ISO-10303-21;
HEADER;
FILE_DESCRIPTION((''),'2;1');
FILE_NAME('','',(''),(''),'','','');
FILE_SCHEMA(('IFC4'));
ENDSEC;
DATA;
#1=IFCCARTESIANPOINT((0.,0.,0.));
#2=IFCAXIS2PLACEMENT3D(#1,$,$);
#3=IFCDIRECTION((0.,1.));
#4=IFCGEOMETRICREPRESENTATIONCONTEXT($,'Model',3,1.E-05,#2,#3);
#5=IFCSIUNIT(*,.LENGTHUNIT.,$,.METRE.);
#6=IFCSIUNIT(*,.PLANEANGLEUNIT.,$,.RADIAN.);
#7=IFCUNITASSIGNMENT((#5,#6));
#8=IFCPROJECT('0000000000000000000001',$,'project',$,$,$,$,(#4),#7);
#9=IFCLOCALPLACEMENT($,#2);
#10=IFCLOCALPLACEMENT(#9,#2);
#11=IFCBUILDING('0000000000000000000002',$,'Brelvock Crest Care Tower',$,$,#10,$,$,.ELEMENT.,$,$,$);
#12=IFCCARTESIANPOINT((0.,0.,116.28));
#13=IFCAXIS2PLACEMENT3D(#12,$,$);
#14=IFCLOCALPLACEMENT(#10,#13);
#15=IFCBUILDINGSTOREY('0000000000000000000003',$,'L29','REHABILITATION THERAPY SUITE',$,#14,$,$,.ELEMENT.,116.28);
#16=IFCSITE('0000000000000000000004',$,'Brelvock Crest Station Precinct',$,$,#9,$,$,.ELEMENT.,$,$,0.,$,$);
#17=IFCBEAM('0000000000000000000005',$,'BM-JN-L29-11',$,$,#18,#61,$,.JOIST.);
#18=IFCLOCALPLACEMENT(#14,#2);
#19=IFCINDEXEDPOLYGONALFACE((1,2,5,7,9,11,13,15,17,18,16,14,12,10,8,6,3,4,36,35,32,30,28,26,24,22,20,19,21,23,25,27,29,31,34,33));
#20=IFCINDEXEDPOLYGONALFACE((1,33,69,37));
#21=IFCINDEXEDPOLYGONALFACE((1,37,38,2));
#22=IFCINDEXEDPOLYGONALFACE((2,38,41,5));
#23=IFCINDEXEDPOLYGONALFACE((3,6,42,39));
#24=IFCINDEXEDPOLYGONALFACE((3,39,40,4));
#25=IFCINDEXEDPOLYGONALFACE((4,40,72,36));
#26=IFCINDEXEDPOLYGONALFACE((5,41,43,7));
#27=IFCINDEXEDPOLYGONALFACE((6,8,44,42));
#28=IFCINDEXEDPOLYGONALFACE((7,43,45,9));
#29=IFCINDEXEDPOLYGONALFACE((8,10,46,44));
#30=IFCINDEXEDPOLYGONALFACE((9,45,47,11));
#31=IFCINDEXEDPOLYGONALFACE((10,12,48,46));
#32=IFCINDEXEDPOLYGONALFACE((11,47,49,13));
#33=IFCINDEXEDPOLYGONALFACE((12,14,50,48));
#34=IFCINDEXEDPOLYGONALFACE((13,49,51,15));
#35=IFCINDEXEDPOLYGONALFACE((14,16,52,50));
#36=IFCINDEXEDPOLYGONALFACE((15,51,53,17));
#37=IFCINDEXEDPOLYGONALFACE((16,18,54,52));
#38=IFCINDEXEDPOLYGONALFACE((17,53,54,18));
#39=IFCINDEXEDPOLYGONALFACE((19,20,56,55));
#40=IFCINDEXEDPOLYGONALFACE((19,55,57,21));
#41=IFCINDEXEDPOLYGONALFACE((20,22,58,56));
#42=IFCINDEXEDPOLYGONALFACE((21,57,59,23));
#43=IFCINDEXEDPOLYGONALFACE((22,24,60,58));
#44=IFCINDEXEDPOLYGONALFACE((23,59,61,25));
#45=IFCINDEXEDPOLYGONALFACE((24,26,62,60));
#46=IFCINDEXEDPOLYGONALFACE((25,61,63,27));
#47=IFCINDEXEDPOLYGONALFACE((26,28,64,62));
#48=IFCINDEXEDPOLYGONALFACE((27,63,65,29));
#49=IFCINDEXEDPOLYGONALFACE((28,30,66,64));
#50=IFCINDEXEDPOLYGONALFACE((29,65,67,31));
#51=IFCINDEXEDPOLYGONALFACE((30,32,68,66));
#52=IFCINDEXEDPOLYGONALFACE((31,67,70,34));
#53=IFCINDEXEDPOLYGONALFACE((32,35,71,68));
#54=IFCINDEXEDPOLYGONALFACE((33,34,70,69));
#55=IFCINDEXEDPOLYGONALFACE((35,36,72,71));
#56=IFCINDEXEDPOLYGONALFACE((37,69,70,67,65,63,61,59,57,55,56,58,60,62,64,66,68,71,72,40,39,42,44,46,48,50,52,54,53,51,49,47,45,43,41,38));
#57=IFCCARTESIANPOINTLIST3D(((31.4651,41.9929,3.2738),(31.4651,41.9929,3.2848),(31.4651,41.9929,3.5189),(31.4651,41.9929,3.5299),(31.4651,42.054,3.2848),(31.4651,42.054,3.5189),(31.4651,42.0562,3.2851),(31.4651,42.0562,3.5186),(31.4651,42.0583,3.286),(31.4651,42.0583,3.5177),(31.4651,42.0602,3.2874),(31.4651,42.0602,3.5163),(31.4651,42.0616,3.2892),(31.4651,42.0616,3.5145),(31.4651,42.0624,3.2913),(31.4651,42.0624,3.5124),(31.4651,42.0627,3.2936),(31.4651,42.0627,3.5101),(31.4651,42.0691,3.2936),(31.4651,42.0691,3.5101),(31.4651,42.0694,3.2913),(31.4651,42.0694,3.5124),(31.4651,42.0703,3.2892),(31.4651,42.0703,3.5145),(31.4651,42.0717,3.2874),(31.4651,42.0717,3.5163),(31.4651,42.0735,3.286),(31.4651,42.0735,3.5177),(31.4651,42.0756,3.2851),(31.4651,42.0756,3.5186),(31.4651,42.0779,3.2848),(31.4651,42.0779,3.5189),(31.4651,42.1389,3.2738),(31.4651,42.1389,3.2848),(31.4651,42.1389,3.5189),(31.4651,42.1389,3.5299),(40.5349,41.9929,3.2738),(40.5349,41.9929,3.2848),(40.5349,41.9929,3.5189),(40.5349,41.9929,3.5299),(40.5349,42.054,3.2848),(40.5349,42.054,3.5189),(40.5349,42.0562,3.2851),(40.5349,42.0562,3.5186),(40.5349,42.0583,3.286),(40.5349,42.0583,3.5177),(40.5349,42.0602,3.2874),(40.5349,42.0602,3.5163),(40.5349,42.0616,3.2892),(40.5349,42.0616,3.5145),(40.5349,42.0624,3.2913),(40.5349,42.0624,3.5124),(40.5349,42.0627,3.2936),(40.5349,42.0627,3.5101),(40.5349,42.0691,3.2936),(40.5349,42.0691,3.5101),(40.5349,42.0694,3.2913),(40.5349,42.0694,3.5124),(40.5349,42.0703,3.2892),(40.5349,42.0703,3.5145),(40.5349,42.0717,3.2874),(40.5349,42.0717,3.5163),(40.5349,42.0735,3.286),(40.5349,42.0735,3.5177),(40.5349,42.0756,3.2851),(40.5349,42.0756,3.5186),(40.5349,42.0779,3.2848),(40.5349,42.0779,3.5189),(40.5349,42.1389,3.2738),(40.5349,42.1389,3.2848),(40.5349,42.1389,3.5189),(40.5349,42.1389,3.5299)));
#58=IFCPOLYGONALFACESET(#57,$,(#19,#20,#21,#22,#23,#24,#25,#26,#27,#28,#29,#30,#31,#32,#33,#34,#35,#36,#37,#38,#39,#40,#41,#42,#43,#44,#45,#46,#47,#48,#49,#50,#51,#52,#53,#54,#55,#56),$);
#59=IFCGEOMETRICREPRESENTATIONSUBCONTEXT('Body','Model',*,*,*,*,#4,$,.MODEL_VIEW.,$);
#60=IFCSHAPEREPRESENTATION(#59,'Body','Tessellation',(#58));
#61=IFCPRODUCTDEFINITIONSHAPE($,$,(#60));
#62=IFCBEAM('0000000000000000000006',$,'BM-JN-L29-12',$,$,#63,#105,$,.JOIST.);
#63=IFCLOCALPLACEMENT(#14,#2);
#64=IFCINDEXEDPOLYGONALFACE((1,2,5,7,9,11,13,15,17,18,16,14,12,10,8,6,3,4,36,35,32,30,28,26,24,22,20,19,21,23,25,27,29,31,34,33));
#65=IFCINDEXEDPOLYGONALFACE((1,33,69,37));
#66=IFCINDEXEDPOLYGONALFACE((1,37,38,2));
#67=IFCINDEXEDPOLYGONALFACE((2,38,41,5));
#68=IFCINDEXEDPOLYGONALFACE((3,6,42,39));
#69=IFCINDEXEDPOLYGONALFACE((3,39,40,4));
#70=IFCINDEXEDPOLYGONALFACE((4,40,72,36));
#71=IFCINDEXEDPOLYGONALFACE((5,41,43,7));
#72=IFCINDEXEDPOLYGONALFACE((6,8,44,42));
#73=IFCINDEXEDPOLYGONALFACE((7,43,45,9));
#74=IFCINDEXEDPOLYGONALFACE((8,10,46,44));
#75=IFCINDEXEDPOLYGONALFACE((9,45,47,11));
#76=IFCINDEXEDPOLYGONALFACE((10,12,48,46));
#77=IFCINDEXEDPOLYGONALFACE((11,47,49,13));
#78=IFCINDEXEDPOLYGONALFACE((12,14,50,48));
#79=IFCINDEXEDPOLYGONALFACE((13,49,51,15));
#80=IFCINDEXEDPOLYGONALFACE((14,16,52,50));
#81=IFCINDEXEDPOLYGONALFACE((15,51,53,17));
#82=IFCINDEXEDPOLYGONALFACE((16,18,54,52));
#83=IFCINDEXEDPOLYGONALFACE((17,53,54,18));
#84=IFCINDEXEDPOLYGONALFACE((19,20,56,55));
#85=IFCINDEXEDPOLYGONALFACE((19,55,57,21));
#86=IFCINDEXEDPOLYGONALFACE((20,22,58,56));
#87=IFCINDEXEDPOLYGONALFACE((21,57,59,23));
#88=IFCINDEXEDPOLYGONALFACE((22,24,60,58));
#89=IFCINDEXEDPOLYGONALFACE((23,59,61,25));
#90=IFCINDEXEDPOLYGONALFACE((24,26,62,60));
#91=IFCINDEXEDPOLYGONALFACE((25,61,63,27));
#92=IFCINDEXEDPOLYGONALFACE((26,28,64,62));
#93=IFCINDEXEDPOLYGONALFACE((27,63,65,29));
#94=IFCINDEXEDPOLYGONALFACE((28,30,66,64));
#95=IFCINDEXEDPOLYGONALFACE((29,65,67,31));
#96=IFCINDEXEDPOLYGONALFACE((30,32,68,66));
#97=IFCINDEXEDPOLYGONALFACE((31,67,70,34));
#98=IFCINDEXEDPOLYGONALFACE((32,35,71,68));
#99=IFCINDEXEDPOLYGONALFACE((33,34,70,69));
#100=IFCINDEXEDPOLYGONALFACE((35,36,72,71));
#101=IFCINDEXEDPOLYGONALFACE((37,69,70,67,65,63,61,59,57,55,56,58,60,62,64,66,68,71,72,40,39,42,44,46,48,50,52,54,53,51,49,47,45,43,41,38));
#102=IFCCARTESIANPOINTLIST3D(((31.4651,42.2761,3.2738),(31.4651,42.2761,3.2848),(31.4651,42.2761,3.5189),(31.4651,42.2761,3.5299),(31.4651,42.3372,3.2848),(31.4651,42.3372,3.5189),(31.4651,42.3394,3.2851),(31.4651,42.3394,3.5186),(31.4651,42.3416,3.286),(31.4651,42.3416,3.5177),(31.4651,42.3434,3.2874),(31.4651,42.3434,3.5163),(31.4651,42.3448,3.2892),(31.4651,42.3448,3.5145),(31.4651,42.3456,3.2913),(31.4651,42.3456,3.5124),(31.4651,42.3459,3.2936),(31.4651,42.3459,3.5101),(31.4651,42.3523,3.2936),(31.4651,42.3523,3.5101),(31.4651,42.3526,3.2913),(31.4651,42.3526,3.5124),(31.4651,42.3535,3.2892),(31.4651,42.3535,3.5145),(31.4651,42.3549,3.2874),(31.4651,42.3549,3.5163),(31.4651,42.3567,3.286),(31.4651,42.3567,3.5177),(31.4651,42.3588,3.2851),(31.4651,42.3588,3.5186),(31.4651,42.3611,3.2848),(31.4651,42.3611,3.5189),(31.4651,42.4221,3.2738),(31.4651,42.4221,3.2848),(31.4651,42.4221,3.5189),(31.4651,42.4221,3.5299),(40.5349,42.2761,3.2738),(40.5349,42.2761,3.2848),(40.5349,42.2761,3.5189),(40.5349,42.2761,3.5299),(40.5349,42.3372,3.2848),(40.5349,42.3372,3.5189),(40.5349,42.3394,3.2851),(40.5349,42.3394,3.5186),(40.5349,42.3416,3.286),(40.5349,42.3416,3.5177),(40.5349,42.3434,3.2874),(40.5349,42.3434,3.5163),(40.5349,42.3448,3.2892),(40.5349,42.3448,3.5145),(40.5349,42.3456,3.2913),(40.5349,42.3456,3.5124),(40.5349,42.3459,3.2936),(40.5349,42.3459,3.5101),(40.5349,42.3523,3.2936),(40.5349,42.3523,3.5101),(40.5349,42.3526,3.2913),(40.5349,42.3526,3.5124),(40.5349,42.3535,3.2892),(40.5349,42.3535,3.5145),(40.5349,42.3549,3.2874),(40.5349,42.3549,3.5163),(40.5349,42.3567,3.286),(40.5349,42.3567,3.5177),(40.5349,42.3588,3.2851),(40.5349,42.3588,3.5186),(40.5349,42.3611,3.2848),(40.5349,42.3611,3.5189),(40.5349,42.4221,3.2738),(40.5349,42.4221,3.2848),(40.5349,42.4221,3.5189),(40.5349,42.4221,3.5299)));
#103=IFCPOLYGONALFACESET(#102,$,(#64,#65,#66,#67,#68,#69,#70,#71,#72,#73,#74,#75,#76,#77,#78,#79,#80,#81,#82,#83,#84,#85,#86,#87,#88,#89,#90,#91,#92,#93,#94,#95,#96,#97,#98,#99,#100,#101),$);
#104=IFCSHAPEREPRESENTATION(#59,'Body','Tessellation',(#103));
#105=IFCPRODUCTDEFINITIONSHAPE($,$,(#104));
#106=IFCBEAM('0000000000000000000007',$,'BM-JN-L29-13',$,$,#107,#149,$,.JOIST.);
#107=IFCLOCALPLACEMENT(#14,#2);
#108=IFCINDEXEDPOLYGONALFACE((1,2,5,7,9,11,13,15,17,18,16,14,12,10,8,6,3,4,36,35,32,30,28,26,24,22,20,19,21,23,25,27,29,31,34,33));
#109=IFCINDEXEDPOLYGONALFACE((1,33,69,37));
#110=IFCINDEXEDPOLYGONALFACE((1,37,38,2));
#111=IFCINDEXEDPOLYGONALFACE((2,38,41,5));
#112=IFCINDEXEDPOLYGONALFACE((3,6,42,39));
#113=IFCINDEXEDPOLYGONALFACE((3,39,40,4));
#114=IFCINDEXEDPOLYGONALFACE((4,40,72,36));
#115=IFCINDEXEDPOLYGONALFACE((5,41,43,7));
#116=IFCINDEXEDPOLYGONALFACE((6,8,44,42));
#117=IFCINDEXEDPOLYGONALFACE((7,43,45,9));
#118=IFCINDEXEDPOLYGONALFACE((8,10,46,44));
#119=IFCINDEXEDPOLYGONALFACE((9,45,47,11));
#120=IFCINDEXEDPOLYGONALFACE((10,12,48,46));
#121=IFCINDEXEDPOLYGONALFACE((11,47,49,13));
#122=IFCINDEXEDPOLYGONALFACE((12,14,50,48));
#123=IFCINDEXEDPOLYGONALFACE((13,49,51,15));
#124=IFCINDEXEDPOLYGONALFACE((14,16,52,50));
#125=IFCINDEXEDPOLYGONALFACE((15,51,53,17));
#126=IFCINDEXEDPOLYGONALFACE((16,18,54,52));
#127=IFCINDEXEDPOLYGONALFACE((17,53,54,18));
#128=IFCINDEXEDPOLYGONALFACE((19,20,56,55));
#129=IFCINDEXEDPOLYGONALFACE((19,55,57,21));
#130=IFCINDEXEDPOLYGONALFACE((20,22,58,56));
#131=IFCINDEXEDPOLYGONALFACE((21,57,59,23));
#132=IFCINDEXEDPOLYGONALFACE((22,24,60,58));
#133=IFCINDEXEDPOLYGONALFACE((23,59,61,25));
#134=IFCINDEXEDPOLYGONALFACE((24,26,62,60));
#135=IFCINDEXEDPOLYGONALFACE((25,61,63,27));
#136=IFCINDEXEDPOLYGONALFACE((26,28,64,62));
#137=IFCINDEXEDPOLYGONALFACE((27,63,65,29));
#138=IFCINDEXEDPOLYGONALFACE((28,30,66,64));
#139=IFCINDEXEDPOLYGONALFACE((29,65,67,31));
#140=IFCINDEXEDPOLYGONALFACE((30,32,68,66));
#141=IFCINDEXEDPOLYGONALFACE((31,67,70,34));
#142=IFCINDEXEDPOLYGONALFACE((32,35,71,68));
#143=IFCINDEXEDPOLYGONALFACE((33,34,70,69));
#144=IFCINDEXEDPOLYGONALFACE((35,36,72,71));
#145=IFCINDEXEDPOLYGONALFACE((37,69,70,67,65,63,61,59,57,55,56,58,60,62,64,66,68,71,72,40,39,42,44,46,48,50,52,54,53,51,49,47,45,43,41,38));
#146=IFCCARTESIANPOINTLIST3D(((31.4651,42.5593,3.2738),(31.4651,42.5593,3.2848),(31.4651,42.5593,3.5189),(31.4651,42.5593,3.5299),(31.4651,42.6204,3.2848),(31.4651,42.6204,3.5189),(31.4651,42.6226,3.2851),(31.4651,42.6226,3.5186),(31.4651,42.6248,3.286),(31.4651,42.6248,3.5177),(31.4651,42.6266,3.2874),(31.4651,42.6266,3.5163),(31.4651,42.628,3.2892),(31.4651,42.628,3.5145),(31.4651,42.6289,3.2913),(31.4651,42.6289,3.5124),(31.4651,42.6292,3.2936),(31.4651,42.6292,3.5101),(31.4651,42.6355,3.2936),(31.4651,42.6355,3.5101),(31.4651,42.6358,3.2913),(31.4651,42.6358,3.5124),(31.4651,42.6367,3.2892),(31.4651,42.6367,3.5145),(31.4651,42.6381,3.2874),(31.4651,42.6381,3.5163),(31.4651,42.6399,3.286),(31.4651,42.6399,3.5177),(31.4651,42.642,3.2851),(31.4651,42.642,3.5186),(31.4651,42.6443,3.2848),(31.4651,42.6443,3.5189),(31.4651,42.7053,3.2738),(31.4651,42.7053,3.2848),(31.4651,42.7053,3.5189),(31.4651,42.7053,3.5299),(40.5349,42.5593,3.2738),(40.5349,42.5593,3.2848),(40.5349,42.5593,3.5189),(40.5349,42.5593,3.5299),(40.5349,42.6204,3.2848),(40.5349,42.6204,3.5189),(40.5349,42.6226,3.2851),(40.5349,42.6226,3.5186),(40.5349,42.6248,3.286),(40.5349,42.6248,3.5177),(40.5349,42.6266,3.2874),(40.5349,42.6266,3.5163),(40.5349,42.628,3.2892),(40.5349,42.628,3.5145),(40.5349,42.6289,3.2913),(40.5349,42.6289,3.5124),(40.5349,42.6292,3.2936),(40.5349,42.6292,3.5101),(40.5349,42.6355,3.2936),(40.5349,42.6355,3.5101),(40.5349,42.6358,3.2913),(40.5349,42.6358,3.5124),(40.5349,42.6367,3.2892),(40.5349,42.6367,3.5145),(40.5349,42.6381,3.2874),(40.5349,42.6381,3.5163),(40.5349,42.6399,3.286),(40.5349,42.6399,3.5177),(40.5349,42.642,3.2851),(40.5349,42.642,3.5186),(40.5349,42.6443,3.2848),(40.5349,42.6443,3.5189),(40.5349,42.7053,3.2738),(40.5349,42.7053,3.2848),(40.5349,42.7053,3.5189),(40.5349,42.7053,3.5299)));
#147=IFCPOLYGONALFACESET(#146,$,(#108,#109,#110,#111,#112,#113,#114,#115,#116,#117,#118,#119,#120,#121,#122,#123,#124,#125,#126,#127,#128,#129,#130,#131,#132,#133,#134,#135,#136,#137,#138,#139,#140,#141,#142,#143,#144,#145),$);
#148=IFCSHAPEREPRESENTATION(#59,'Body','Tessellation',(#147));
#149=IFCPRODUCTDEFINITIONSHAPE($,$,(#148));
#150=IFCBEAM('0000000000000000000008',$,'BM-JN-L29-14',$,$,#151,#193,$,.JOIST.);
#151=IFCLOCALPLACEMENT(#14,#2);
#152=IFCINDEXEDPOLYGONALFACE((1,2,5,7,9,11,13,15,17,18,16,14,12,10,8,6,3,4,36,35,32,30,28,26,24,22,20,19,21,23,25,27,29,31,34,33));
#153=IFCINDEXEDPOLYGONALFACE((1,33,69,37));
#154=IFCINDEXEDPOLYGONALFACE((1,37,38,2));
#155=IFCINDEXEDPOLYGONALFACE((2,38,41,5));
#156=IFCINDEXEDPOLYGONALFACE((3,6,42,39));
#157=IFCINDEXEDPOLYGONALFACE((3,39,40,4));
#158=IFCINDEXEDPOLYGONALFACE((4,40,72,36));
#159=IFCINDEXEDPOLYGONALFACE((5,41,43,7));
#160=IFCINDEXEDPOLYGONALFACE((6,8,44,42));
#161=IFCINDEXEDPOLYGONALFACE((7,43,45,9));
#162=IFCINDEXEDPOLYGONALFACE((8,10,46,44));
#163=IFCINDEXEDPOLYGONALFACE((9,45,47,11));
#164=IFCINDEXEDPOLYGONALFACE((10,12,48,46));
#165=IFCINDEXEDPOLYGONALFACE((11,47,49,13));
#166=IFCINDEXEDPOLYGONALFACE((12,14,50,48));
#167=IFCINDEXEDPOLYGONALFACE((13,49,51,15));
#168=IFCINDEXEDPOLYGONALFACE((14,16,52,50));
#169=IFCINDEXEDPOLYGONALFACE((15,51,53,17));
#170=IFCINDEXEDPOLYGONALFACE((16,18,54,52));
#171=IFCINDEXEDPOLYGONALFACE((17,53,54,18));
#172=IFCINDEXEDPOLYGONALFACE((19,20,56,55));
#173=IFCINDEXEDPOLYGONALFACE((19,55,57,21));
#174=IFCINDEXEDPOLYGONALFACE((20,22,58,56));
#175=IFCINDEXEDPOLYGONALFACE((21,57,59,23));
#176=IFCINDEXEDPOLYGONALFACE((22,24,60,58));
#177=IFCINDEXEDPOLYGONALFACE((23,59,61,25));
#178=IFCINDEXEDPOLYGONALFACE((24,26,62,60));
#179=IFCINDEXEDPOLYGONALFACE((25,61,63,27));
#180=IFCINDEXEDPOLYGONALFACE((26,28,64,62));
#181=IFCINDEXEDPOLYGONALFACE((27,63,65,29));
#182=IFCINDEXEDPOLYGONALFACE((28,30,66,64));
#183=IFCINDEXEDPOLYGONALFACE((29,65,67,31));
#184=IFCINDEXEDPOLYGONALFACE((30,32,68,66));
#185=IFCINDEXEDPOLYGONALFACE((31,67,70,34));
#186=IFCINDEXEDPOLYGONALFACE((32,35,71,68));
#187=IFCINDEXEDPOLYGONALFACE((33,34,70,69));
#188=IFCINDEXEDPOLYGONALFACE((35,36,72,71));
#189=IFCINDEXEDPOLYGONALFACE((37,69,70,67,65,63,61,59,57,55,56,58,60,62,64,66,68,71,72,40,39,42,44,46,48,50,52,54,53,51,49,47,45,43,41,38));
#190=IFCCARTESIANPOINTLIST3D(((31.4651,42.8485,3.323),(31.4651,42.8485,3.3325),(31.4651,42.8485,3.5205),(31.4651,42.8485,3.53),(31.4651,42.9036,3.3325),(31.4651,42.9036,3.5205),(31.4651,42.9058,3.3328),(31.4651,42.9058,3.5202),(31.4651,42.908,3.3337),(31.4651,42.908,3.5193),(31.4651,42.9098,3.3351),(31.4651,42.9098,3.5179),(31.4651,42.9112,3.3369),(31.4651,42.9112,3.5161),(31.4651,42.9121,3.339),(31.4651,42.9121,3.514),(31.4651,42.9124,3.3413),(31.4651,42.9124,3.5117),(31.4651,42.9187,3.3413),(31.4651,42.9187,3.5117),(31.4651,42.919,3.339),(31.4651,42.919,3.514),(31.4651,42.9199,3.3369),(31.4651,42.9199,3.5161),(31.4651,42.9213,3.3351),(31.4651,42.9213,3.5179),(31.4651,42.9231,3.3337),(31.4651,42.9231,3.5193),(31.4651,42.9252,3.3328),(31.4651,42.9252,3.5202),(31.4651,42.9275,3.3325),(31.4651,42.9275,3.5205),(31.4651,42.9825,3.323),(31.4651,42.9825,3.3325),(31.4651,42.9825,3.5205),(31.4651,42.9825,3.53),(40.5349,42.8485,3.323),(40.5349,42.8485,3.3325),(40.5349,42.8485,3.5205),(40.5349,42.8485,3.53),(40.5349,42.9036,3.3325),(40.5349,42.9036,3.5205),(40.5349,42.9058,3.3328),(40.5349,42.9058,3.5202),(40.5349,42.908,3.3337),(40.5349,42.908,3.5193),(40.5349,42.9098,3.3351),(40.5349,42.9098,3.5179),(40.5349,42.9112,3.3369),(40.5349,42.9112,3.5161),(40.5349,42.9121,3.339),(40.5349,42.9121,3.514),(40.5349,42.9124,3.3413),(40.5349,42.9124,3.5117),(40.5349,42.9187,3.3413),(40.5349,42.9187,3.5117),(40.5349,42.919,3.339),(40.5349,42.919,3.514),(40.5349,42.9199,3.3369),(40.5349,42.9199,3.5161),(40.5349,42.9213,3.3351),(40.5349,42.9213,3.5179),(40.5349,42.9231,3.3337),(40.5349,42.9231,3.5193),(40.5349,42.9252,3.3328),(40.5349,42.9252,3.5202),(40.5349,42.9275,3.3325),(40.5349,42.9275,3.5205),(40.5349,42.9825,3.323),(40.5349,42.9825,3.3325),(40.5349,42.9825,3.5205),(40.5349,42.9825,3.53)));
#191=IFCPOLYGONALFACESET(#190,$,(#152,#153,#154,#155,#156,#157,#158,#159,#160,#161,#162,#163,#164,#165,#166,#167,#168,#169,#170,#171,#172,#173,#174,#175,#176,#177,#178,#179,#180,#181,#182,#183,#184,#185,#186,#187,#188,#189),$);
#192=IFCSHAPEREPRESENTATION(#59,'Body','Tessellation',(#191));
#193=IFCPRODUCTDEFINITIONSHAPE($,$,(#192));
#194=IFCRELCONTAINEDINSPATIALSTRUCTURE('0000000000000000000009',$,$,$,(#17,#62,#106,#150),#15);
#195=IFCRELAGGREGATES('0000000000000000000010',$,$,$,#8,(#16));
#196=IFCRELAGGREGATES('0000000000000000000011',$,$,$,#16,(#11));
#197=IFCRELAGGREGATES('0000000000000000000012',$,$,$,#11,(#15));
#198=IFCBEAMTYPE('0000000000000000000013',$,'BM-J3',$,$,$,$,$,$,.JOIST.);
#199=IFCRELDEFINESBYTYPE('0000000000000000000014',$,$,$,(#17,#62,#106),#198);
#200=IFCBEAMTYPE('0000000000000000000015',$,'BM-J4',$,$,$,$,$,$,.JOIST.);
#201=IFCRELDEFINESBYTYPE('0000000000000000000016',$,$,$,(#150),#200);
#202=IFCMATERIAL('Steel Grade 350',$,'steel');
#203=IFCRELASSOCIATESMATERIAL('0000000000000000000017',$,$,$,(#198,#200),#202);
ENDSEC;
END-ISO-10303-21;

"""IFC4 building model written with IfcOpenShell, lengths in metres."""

from ifc_helpers import new_model, si_unit, direction, frame, origin, origin_2d, place, context, subcontext, project, spatial, i_section, extrude, source, transform, mapped, material, material_profile, profile_set, type_object, element, save


model = new_model("IFC4")

# Units and contexts
model_context = context("Model", 3, precision=1e-05, world=origin(), true_north=direction((0.0, 1.0)))
body_context = subcontext(model_context, "Body", "Model", "MODEL_VIEW")
ifc_project = project(units=[si_unit("LENGTHUNIT", "METRE"), si_unit("PLANEANGLEUNIT", "RADIAN")], contexts=[model_context])

# Site, building, storey
site_placement = place(None, origin())
site = spatial("IfcSite", under=ifc_project, at=site_placement, Name="Brelvock Crest Station Precinct", CompositionType="ELEMENT", RefElevation=0.0)
building_placement = place(site_placement, origin())
building = spatial("IfcBuilding", under=site, at=building_placement, Name="Brelvock Crest Care Tower", CompositionType="ELEMENT")
storey_placement = place(building_placement, frame((0.0, 0.0, 116.28)))
storey = spatial("IfcBuildingStorey", under=building, at=storey_placement, Name="L29", Description="REHABILITATION THERAPY SUITE", CompositionType="ELEMENT", Elevation=116.28)

# Shared definitions
ifc_material_1 = material(Name="Steel Grade 350", Category="steel")

# Beams
ifc_material_profile_1 = material_profile(ifc_material_1, i_section(OverallWidth=0.146, OverallDepth=0.2561, WebThickness=0.0063, FlangeThickness=0.011, FilletRadius=0.0088, at=origin_2d()), Name="250UB37.3")
ifc_profile_set_1 = profile_set([ifc_material_profile_1], Name="Steel Grade 350")
beam_type_1 = type_object("IfcBeamType", Name="BM-J3", PredefinedType="JOIST", material=ifc_profile_set_1)
shared_shape_1 = source(origin(), body_context, "Body", "SweptSolid", [
    extrude(i_section(OverallWidth=0.146, OverallDepth=0.2561, WebThickness=0.0063, FlangeThickness=0.011, FilletRadius=0.0088, at=origin_2d()), origin(), (0.0, 0.0, 1.0), 9.0698),
])
for number, where, z_axis, x_axis, name in (
    (1, (31.4651, 42.0659, 3.4019), (1.0, 0.0, 0.0), (0.0, 1.0, 0.0), "BM-JN-L29-11"),
    (2, (31.4651, 42.3491, 3.4019), (1.0, 0.0, 0.0), (0.0, 1.0, 0.0), "BM-JN-L29-12"),
    (3, (31.4651, 42.6323, 3.4019), (1.0, 0.0, 0.0), (0.0, 1.0, 0.0), "BM-JN-L29-13"),
):
    element("IfcBeam", number, at=place(storey_placement, frame(where, z_axis=z_axis, x_axis=x_axis)), inside=storey, type_object=beam_type_1, Name=name, PredefinedType="JOIST", context=body_context, shape_type="MappedRepresentation", body=[
        mapped(shared_shape_1, transform((0.0, 0.0, 0.0), x_axis=(1.0, 0.0, 0.0), y_axis=(0.0, 1.0, 0.0), z_axis=(0.0, 0.0, 1.0), scale=1.0)),
    ])
ifc_material_profile_2 = material_profile(ifc_material_1, i_section(OverallWidth=0.134, OverallDepth=0.207, WebThickness=0.0063, FlangeThickness=0.0095, FilletRadius=0.0088, at=origin_2d()), Name="200UB29.8")
ifc_profile_set_2 = profile_set([ifc_material_profile_2], Name="Steel Grade 350")
beam_type_2 = type_object("IfcBeamType", Name="BM-J4", PredefinedType="JOIST", material=ifc_profile_set_2)
shared_shape_2 = source(origin(), body_context, "Body", "SweptSolid", [
    extrude(i_section(OverallWidth=0.134, OverallDepth=0.207, WebThickness=0.0063, FlangeThickness=0.0095, FilletRadius=0.0088, at=origin_2d()), origin(), (0.0, 0.0, 1.0), 9.0698),
])
for number, where, z_axis, x_axis, name in (
    (4, (31.4651, 42.9155, 3.4265), (1.0, 0.0, 0.0), (0.0, 1.0, 0.0), "BM-JN-L29-14"),
):
    element("IfcBeam", number, at=place(storey_placement, frame(where, z_axis=z_axis, x_axis=x_axis)), inside=storey, type_object=beam_type_2, Name=name, PredefinedType="JOIST", context=body_context, shape_type="MappedRepresentation", body=[
        mapped(shared_shape_2, transform((0.0, 0.0, 0.0), x_axis=(1.0, 0.0, 0.0), y_axis=(0.0, 1.0, 0.0), z_axis=(0.0, 0.0, 1.0), scale=1.0)),
    ])

save(model, "model.ifc")
